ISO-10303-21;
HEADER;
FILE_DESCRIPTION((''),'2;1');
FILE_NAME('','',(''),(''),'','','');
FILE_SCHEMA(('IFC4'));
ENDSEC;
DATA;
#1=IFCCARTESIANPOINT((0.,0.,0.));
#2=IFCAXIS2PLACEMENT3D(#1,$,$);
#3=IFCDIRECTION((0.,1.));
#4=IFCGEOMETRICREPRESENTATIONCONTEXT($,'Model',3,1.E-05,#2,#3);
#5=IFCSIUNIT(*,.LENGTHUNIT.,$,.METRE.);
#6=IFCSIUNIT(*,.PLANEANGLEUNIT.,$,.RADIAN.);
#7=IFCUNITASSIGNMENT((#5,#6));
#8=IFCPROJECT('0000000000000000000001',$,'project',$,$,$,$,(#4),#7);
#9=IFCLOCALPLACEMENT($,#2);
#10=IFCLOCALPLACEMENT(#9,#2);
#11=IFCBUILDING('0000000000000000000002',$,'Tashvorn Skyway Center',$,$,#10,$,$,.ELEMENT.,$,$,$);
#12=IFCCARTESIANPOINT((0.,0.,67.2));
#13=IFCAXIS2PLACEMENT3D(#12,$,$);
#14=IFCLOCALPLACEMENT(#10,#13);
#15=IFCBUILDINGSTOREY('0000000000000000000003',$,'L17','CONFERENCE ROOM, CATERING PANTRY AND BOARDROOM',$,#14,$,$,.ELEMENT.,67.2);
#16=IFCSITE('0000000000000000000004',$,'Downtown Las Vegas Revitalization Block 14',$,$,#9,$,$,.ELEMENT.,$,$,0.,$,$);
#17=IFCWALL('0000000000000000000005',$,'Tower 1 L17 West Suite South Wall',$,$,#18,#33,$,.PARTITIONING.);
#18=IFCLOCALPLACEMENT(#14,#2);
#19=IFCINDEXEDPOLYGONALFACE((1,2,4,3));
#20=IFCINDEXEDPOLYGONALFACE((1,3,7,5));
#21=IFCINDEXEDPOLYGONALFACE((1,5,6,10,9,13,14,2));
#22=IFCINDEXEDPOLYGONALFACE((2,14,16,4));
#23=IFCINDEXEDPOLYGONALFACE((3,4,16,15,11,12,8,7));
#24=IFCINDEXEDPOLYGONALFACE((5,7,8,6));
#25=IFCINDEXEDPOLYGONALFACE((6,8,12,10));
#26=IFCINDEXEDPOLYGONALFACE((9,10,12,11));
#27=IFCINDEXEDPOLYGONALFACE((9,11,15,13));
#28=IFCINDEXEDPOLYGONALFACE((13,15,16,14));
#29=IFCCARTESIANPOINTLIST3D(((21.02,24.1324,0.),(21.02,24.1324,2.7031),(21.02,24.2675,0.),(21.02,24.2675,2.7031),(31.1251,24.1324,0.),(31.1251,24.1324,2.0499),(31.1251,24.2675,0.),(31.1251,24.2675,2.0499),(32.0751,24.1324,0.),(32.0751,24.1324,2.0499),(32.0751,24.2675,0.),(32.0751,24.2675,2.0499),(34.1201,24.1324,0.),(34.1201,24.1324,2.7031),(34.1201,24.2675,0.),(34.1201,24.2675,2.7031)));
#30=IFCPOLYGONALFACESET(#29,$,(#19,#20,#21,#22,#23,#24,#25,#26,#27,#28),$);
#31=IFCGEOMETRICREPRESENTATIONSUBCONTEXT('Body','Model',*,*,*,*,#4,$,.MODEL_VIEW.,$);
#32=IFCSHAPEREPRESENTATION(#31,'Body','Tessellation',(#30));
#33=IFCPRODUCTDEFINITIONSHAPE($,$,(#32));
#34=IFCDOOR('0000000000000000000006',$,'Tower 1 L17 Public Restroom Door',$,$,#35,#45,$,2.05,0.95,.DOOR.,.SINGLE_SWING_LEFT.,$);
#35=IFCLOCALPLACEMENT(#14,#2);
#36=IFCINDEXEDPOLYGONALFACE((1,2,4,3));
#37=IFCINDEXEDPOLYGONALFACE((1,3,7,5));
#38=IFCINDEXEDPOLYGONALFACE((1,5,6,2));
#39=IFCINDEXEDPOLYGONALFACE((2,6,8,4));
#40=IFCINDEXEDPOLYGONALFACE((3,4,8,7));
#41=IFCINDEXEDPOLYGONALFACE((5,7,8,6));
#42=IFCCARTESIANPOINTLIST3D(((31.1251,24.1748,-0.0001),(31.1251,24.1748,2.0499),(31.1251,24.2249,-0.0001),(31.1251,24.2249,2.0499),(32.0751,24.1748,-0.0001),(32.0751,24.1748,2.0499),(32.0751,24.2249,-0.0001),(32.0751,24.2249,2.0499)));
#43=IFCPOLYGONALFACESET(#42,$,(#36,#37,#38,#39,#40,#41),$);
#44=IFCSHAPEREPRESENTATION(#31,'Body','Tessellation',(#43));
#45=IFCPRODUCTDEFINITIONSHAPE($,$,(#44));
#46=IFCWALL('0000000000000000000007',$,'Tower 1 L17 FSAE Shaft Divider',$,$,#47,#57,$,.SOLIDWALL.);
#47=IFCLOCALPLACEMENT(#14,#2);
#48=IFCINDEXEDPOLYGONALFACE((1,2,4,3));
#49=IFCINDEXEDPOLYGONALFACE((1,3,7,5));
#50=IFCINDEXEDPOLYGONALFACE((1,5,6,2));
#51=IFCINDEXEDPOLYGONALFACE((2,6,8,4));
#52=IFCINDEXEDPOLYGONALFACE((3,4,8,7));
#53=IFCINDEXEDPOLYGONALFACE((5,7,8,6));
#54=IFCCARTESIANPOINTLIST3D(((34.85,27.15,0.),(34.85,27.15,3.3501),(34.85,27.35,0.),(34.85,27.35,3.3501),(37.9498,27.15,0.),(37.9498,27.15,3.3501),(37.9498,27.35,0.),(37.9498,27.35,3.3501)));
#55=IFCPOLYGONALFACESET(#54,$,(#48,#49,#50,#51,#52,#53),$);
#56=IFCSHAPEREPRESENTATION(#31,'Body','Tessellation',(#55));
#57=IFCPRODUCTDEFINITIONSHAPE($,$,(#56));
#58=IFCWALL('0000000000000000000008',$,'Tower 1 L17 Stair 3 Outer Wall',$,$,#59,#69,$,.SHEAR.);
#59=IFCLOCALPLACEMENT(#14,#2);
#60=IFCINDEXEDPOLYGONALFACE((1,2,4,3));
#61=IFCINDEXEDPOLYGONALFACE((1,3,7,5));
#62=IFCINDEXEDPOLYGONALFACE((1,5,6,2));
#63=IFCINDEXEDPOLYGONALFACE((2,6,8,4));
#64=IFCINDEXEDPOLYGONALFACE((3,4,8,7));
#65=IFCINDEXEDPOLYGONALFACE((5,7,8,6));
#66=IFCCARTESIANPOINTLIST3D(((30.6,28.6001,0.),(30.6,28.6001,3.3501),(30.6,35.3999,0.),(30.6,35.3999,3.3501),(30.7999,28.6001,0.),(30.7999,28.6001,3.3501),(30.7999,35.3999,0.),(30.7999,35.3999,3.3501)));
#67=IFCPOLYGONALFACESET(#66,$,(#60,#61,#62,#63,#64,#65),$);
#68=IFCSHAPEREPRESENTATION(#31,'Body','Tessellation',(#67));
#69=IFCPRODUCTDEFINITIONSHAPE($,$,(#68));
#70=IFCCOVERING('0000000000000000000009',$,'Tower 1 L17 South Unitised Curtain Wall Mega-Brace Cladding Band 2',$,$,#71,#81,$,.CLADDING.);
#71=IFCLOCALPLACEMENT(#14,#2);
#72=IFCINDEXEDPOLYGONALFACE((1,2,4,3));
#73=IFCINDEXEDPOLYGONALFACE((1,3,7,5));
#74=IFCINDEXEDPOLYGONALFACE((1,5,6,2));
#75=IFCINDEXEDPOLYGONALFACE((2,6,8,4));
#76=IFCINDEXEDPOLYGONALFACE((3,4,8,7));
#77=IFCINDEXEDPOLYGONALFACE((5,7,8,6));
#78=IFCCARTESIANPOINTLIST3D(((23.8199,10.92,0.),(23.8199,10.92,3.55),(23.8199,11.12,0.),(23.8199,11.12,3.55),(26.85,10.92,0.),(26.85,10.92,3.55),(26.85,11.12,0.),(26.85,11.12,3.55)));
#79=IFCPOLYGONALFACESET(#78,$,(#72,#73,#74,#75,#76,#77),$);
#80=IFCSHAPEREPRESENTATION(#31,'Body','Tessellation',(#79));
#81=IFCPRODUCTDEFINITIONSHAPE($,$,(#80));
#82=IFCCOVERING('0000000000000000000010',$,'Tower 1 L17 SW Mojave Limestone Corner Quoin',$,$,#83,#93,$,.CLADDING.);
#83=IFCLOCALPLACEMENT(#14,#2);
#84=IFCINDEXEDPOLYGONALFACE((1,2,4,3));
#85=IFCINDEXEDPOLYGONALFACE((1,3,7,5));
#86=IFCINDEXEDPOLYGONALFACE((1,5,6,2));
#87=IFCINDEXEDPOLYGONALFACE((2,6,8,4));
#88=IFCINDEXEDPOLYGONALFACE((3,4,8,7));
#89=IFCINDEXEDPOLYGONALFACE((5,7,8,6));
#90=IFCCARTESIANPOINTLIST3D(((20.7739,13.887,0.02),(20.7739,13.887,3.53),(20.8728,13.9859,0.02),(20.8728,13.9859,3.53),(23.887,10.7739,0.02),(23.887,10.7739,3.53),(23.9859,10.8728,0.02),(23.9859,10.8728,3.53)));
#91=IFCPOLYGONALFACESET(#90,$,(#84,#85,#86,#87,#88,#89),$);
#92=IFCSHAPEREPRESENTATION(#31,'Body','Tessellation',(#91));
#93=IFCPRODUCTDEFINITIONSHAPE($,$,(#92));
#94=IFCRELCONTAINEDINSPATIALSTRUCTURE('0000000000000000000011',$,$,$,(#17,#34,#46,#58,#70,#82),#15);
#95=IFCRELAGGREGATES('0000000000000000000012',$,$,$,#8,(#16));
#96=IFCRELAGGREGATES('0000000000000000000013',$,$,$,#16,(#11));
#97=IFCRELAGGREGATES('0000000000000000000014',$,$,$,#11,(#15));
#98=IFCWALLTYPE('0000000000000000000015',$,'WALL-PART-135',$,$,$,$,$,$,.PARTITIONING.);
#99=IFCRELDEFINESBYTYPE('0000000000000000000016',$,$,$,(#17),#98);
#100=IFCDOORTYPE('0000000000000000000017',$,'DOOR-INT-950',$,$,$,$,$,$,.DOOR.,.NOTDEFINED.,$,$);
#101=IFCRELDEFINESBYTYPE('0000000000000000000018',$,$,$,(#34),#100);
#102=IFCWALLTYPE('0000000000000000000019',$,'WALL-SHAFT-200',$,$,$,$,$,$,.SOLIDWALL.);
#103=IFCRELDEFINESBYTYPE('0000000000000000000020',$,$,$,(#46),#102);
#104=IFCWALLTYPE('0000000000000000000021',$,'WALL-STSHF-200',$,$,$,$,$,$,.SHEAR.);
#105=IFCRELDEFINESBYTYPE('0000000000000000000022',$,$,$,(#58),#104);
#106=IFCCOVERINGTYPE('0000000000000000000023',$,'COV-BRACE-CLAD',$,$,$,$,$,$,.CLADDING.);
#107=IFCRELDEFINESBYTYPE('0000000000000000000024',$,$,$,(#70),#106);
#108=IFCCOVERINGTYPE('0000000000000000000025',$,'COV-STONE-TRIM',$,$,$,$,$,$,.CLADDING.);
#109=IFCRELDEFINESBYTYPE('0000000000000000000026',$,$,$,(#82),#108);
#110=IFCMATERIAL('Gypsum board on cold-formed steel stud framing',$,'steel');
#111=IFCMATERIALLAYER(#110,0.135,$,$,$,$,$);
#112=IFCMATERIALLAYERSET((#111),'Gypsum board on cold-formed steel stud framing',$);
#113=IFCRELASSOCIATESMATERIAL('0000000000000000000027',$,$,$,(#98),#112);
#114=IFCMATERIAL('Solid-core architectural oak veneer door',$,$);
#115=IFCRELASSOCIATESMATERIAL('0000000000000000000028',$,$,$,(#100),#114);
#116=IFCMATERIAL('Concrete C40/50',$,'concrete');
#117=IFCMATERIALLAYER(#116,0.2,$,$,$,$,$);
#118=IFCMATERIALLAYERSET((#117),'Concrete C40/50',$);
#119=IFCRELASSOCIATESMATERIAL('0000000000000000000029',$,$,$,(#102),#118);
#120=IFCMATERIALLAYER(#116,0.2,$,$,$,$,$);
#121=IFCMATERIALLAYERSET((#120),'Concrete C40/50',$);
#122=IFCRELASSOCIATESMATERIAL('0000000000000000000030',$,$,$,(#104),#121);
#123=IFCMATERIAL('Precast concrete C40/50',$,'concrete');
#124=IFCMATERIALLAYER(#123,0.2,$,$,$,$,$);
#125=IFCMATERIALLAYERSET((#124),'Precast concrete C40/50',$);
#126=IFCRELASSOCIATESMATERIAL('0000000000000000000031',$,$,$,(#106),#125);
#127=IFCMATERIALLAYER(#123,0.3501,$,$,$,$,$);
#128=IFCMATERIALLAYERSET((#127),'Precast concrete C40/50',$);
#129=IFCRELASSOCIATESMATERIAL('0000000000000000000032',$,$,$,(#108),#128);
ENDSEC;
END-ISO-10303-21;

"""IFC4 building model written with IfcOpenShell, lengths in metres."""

from ifc_helpers import new_model, si_unit, direction, frame, frame_2d, origin, origin_2d, place, context, subcontext, project, spatial, rectangle, extrude, material, layer, layer_set, type_object, element, fill, save


model = new_model("IFC4")

# Units and contexts
model_context = context("Model", 3, precision=1e-05, world=origin(), true_north=direction((0.0, 1.0)))
body_context = subcontext(model_context, "Body", "Model", "MODEL_VIEW")
ifc_project = project(units=[si_unit("LENGTHUNIT", "METRE"), si_unit("PLANEANGLEUNIT", "RADIAN")], contexts=[model_context])

# Site, building, storey
site_placement = place(None, origin())
site = spatial("IfcSite", under=ifc_project, at=site_placement, Name="Downtown Las Vegas Revitalization Block 14", CompositionType="ELEMENT", RefElevation=0.0)
building_placement = place(site_placement, origin())
building = spatial("IfcBuilding", under=site, at=building_placement, Name="Tashvorn Skyway Center", CompositionType="ELEMENT")
storey_placement = place(building_placement, frame((0.0, 0.0, 67.2)))
storey = spatial("IfcBuildingStorey", under=building, at=storey_placement, Name="L17", Description="CONFERENCE ROOM, CATERING PANTRY AND BOARDROOM", CompositionType="ELEMENT", Elevation=67.2)

# Shared definitions
ifc_material_1 = material(Name="Precast concrete C40/50", Category="concrete")
ifc_material_2 = material(Name="Gypsum board on cold-formed steel stud framing", Category="steel")

# Wall, opening, door
ifc_layer_1 = layer(ifc_material_2, 0.135)
ifc_layer_set_1 = layer_set([ifc_layer_1], Name="Gypsum board on cold-formed steel stud framing")
wall_type_1 = type_object("IfcWallType", Name="WALL-PART-135", PredefinedType="PARTITIONING", material=ifc_layer_set_1)
wall_1_placement = place(storey_placement, frame((21.02, 24.2, 0.0), z_axis=(0.0, 0.0, 1.0), x_axis=(1.0, 0.0, 0.0)))
wall_1 = element("IfcWall", 1, at=wall_1_placement, inside=storey, type_object=wall_type_1, Name="Tower 1 L17 West Suite South Wall", PredefinedType="PARTITIONING", context=body_context, shape_type="SweptSolid", body=[
    extrude(rectangle(XDim=13.1001, YDim=0.135, at=frame_2d((6.55, 0.0))), origin(), (0.0, 0.0, 1.0), 2.7031),
])
opening_placement = place(wall_1_placement, frame((10.105, 0.0, 0.0)))
opening = element("IfcOpeningElement", 2, at=opening_placement, cuts=wall_1, PredefinedType="OPENING", context=body_context, shape_type="SweptSolid", body=[
    extrude(rectangle(XDim=0.95, YDim=2.05, at=frame_2d((0.4751, 1.0249))), frame((0.0, 0.0774, 0.0), z_axis=(0.0, -1.0, 0.0), x_axis=(1.0, 0.0, 0.0)), (0.0, 0.0, 1.0), 0.155),
])
ifc_material_3 = material(Name="Solid-core architectural oak veneer door")
door_type = type_object("IfcDoorType", Name="DOOR-INT-950", OperationType="NOTDEFINED", PredefinedType="DOOR", material=ifc_material_3)
door_placement = place(opening_placement, origin())
door = element("IfcDoor", 3, at=door_placement, inside=storey, type_object=door_type, Name="Tower 1 L17 Public Restroom Door", OperationType="SINGLE_SWING_LEFT", OverallHeight=2.05, OverallWidth=0.95, PredefinedType="DOOR", context=body_context, shape_type="SweptSolid", body=[
    extrude(rectangle(XDim=0.95, YDim=2.05, at=frame_2d((0.4751, 1.0249))), frame((0.0, 0.0249, 0.0), z_axis=(0.0, -1.0, 0.0), x_axis=(1.0, 0.0, 0.0)), (0.0, 0.0, 1.0), 0.05),
])
fill(opening, door)

# Walls
ifc_material_4 = material(Name="Concrete C40/50", Category="concrete")
ifc_layer_2 = layer(ifc_material_4, 0.2)
ifc_layer_set_2 = layer_set([ifc_layer_2], Name="Concrete C40/50")
wall_type_2 = type_object("IfcWallType", Name="WALL-SHAFT-200", PredefinedType="SOLIDWALL", material=ifc_layer_set_2)
wall_2_placement = place(storey_placement, frame((34.8501, 27.25, 0.0), z_axis=(0.0, 0.0, 1.0), x_axis=(1.0, 0.0, 0.0)))
element("IfcWall", 4, at=wall_2_placement, inside=storey, type_object=wall_type_2, Name="Tower 1 L17 FSAE Shaft Divider", PredefinedType="SOLIDWALL", context=body_context, shape_type="SweptSolid", body=[
    extrude(rectangle(XDim=3.0999, YDim=0.2, at=frame_2d((1.5498, 0.0))), origin(), (0.0, 0.0, 1.0), 3.3501),
])
ifc_layer_3 = layer(ifc_material_4, 0.2)
ifc_layer_set_3 = layer_set([ifc_layer_3], Name="Concrete C40/50")
wall_type_3 = type_object("IfcWallType", Name="WALL-STSHF-200", PredefinedType="SHEAR", material=ifc_layer_set_3)
wall_3_placement = place(storey_placement, frame((30.7, 28.6001, 0.0), z_axis=(0.0, 0.0, 1.0), x_axis=(0.0, 1.0, 0.0)))
element("IfcWall", 5, at=wall_3_placement, inside=storey, type_object=wall_type_3, Name="Tower 1 L17 Stair 3 Outer Wall", PredefinedType="SHEAR", context=body_context, shape_type="SweptSolid", body=[
    extrude(rectangle(XDim=6.7998, YDim=0.2, at=frame_2d((3.3999, 0.0))), origin(), (0.0, 0.0, 1.0), 3.3501),
])

# Coverings
ifc_layer_4 = layer(ifc_material_1, 0.2)
ifc_layer_set_4 = layer_set([ifc_layer_4], Name="Precast concrete C40/50")
covering_type_1 = type_object("IfcCoveringType", Name="COV-BRACE-CLAD", PredefinedType="CLADDING", material=ifc_layer_set_4)
covering_1_placement = place(storey_placement, frame((25.335, 11.02, 0.0), z_axis=(0.0, 0.0, 1.0), x_axis=(-1.0, 0.0, 0.0)))
element("IfcCovering", 6, at=covering_1_placement, inside=storey, type_object=covering_type_1, Name="Tower 1 L17 South Unitised Curtain Wall Mega-Brace Cladding Band 2", PredefinedType="CLADDING", context=body_context, shape_type="SweptSolid", body=[
    extrude(rectangle(XDim=3.03, YDim=0.2, at=origin_2d()), origin(), (0.0, 0.0, 1.0), 3.55),
])
ifc_layer_5 = layer(ifc_material_1, 0.3501)
ifc_layer_set_5 = layer_set([ifc_layer_5], Name="Precast concrete C40/50")
covering_type_2 = type_object("IfcCoveringType", Name="COV-STONE-TRIM", PredefinedType="CLADDING", material=ifc_layer_set_5)
covering_2_placement = place(storey_placement, frame((22.3799, 12.3799, 0.02), z_axis=(0.0, 0.0, 1.0), x_axis=(-0.707107, 0.707107, 0.0)))
element("IfcCovering", 7, at=covering_2_placement, inside=storey, type_object=covering_type_2, Name="Tower 1 L17 SW Mojave Limestone Corner Quoin", PredefinedType="CLADDING", context=body_context, shape_type="SweptSolid", body=[
    extrude(rectangle(XDim=4.4026, YDim=0.1399, at=origin_2d()), origin(), (0.0, 0.0, 1.0), 3.51),
])

save(model, "model.ifc")
